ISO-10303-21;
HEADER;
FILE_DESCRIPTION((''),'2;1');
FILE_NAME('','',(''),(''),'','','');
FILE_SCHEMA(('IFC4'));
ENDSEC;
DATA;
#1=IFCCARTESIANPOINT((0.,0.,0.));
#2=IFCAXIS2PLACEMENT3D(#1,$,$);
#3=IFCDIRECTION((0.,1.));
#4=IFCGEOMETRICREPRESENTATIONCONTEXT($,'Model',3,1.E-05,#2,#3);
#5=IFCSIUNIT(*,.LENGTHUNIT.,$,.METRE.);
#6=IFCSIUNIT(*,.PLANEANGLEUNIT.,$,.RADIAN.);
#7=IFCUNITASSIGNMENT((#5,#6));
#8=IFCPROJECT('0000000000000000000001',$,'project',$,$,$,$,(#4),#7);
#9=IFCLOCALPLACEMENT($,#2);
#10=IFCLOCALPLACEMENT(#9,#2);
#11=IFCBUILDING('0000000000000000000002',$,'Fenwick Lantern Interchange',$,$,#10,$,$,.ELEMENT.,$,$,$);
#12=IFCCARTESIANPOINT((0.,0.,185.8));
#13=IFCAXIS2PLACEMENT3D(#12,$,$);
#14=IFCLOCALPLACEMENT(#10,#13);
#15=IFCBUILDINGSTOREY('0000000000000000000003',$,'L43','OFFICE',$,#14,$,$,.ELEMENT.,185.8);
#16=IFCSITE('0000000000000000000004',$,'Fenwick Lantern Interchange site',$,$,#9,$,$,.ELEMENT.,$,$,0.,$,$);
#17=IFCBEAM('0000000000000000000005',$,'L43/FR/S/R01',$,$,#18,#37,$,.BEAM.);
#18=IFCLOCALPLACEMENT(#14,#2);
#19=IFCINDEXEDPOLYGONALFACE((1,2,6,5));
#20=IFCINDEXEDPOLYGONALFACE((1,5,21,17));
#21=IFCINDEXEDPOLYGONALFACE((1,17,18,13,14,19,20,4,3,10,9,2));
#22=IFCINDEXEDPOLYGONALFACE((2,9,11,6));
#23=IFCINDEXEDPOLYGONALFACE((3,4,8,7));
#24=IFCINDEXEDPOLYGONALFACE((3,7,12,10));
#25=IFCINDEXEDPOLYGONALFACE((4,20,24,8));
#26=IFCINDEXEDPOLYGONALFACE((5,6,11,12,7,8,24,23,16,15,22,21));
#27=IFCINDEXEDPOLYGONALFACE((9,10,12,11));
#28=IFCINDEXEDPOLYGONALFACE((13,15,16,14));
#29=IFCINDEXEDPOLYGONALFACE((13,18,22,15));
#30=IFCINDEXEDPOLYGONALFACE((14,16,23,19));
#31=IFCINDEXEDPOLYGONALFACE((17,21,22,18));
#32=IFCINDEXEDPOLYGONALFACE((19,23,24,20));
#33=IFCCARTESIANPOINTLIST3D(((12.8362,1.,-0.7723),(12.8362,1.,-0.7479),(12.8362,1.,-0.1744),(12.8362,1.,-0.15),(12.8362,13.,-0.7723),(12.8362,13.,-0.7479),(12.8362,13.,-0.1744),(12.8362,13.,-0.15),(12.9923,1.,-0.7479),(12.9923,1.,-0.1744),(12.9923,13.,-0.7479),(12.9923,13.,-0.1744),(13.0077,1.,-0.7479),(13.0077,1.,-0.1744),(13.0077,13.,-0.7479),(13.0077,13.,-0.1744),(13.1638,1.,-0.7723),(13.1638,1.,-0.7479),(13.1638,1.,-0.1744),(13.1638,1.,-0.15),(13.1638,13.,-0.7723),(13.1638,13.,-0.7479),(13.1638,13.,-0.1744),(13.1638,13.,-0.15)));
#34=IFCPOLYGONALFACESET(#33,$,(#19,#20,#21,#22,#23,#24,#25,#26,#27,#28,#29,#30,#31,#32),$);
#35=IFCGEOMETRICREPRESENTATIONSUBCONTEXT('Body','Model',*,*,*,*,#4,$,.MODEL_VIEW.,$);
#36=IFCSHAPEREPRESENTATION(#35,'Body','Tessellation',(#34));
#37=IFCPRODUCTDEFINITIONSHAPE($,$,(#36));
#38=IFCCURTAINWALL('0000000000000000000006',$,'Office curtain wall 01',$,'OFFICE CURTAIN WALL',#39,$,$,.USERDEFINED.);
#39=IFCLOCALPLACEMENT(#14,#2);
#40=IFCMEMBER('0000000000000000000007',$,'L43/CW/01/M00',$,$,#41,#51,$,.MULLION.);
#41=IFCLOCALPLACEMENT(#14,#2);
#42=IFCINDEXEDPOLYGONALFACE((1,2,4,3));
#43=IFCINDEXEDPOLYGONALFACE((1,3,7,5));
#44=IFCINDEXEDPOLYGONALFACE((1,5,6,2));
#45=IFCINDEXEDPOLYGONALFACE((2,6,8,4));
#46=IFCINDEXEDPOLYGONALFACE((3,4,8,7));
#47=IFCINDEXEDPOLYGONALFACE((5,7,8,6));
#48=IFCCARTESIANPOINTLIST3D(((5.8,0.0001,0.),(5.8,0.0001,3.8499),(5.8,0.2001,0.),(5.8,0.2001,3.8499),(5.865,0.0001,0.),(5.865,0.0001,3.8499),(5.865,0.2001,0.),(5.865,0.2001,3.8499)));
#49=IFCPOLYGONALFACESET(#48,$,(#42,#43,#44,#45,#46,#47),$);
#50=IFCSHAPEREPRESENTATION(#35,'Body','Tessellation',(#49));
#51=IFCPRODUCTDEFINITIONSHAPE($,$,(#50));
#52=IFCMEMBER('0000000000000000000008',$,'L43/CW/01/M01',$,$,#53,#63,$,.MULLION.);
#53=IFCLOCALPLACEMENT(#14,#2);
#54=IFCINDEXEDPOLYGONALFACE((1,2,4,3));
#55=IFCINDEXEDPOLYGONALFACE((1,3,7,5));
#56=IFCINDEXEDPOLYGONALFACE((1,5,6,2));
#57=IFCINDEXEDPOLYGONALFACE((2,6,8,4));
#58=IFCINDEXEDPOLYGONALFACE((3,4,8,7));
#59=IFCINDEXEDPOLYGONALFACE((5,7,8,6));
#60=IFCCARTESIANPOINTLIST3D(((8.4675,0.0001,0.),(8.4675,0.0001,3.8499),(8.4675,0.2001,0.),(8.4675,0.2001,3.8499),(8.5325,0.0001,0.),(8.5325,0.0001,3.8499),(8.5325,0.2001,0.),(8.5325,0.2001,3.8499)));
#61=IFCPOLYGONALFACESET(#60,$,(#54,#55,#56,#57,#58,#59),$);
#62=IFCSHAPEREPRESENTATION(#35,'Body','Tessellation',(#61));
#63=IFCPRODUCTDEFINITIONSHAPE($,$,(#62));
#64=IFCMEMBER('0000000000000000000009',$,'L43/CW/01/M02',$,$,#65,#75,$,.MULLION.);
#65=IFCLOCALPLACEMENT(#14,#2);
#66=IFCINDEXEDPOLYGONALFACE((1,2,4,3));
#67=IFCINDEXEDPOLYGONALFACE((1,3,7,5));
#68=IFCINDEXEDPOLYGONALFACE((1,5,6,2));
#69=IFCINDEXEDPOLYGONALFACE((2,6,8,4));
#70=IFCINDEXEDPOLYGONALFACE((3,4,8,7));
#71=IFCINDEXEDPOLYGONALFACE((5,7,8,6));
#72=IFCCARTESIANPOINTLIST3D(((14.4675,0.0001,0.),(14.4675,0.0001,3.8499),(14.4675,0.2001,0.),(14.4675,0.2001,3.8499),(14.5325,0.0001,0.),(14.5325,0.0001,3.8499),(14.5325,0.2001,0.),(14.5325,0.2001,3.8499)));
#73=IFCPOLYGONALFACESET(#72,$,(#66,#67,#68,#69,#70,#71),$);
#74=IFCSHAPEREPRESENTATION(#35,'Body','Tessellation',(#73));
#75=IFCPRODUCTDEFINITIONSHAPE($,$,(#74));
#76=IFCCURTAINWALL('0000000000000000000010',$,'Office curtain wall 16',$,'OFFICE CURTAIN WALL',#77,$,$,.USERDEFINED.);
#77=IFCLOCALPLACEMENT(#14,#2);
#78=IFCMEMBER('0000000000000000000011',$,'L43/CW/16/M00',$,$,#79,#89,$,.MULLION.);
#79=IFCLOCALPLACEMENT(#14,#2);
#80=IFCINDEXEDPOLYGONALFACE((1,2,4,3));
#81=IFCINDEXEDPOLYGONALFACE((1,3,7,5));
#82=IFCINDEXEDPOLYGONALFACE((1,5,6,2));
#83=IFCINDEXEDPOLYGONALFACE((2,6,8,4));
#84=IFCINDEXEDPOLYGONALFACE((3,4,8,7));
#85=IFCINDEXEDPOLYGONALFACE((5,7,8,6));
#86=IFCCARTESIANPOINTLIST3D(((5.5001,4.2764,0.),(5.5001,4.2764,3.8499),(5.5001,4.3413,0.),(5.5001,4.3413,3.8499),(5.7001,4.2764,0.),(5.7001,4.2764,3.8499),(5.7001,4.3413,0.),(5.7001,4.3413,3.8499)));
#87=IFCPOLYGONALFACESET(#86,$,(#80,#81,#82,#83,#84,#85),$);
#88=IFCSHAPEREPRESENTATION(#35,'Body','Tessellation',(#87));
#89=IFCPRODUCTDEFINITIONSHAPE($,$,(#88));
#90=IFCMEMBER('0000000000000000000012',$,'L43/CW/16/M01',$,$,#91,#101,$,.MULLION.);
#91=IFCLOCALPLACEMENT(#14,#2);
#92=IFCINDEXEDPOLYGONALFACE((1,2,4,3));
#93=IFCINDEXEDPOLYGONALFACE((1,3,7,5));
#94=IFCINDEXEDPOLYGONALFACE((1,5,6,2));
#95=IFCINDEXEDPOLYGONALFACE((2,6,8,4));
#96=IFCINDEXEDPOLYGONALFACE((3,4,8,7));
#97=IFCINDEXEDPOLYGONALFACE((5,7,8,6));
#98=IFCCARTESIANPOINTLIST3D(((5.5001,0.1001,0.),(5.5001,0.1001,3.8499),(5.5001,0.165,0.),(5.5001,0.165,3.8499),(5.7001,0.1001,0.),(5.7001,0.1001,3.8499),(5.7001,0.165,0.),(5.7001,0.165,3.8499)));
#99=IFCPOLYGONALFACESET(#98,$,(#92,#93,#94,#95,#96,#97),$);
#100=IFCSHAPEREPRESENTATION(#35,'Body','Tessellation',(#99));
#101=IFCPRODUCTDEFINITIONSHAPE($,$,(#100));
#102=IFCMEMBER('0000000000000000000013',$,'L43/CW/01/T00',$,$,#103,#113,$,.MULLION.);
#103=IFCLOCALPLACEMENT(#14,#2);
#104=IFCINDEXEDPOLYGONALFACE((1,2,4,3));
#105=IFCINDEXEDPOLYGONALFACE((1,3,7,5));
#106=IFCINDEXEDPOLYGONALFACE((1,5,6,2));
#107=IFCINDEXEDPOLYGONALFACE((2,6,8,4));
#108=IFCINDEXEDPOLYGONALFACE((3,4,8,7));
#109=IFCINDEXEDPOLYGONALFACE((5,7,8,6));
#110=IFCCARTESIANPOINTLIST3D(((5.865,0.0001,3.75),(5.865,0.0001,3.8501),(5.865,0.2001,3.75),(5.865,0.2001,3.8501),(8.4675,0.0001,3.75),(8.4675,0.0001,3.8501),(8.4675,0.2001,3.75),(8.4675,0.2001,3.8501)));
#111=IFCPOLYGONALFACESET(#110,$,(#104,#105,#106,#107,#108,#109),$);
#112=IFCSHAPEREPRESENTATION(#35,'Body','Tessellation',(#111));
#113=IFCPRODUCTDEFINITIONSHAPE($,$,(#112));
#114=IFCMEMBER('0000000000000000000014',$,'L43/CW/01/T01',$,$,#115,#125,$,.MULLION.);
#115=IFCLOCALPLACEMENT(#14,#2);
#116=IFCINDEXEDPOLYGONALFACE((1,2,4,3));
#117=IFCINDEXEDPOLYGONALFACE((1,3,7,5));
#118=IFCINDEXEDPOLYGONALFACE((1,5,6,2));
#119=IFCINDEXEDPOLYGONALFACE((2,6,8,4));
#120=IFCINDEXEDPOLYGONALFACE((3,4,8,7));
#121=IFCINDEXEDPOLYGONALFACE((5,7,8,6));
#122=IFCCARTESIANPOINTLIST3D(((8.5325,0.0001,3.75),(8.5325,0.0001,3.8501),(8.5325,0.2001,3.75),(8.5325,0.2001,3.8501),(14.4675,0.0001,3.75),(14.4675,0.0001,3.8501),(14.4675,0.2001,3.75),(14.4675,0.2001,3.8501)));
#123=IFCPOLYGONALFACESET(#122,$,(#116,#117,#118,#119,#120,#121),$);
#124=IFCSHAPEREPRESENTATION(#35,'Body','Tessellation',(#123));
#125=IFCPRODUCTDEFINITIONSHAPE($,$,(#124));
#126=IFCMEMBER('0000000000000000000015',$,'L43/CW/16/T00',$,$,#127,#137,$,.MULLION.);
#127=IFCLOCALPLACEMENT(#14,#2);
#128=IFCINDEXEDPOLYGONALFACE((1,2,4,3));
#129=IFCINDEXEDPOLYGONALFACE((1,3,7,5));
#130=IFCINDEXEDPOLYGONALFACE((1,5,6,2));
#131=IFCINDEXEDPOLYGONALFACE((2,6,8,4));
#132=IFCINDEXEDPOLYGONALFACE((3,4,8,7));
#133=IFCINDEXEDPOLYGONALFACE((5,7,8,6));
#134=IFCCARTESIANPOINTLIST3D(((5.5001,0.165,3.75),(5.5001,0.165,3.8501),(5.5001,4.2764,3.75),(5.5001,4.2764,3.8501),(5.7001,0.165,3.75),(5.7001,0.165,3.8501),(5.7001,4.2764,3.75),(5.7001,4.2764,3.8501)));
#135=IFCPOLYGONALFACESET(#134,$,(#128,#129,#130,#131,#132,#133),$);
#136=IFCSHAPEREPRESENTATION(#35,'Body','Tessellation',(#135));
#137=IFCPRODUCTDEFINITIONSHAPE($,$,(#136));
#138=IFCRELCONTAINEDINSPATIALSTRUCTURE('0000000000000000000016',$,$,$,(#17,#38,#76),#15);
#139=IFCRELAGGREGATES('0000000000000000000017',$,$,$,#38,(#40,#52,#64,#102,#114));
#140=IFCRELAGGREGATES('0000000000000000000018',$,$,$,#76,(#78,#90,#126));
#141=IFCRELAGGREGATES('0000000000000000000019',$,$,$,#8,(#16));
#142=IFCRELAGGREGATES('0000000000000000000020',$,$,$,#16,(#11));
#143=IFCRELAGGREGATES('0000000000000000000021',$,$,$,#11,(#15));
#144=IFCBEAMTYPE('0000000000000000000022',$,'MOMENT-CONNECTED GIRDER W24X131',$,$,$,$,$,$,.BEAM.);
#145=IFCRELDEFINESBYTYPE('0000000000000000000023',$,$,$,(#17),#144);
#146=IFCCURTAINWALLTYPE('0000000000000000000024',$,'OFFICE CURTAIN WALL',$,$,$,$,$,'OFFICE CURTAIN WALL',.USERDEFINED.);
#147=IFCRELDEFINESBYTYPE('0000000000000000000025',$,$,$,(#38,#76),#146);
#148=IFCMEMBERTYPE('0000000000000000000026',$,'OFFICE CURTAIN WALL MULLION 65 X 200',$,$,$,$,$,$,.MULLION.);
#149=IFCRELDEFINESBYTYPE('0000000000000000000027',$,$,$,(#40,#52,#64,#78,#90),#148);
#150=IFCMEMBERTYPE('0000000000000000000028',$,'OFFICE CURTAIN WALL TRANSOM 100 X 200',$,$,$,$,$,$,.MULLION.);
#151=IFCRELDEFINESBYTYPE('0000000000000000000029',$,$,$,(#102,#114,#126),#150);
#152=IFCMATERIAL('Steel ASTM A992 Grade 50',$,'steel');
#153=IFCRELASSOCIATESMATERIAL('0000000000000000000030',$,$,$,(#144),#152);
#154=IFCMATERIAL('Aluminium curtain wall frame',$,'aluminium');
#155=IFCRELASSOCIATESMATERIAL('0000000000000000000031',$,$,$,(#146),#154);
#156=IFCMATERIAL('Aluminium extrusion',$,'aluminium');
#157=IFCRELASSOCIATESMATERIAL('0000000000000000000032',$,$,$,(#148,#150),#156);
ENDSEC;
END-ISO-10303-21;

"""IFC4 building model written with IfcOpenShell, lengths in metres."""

from ifc_helpers import new_model, si_unit, direction, frame, origin, origin_2d, place, context, subcontext, project, spatial, rectangle, i_section, extrude, material, material_profile, profile_set, type_object, element, aggregate, save


model = new_model("IFC4")

# Units and contexts
model_context = context("Model", 3, precision=1e-05, world=origin(), true_north=direction((0.0, 1.0)))
body_context = subcontext(model_context, "Body", "Model", "MODEL_VIEW")
ifc_project = project(units=[si_unit("LENGTHUNIT", "METRE"), si_unit("PLANEANGLEUNIT", "RADIAN")], contexts=[model_context])

# Site, building, storey
site_placement = place(None, origin())
site = spatial("IfcSite", under=ifc_project, at=site_placement, Name="Fenwick Lantern Interchange site", CompositionType="ELEMENT", RefElevation=0.0)
building_placement = place(site_placement, origin())
building = spatial("IfcBuilding", under=site, at=building_placement, Name="Fenwick Lantern Interchange", CompositionType="ELEMENT")
storey_placement = place(building_placement, frame((0.0, 0.0, 185.8)))
storey = spatial("IfcBuildingStorey", under=building, at=storey_placement, Name="L43", Description="OFFICE", CompositionType="ELEMENT", Elevation=185.8)

# Shared definitions
ifc_material_1 = material(Name="Steel ASTM A992 Grade 50", Category="steel")

# Beam
ifc_material_profile_1 = material_profile(ifc_material_1, i_section(OverallWidth=0.3276, OverallDepth=0.6223, WebThickness=0.0154, FlangeThickness=0.0244, at=origin_2d()), Name="W24X131")
ifc_profile_set_1 = profile_set([ifc_material_profile_1], Name="Steel ASTM A992 Grade 50")
beam_type_1 = type_object("IfcBeamType", Name="MOMENT-CONNECTED GIRDER W24X131", PredefinedType="BEAM", material=ifc_profile_set_1)
beam_1_placement = place(storey_placement, frame((13.0, 1.0, -0.4612), z_axis=(0.0, 1.0, 0.0), x_axis=(-1.0, 0.0, 0.0)))
element("IfcBeam", 1, at=beam_1_placement, inside=storey, type_object=beam_type_1, Name="L43/FR/S/R01", PredefinedType="BEAM", context=body_context, shape_type="SweptSolid", body=[
    extrude(i_section(OverallWidth=0.3276, OverallDepth=0.6223, WebThickness=0.0154, FlangeThickness=0.0244, at=origin_2d()), origin(), (0.0, 0.0, 1.0), 12.0),
])

# Curtain walls, members
ifc_material_2 = material(Name="Aluminium curtain wall frame", Category="aluminium")
curtain_wall_type = type_object("IfcCurtainWallType", Name="OFFICE CURTAIN WALL", ElementType="OFFICE CURTAIN WALL", PredefinedType="USERDEFINED", material=ifc_material_2)
curtain_wall_1_placement = place(storey_placement, origin())
curtain_wall_1 = element("IfcCurtainWall", 2, at=curtain_wall_1_placement, inside=storey, type_object=curtain_wall_type, Name="Office curtain wall 01", ObjectType="OFFICE CURTAIN WALL", PredefinedType="USERDEFINED")
ifc_material_3 = material(Name="Aluminium extrusion", Category="aluminium")
ifc_material_profile_2 = material_profile(ifc_material_3, rectangle(XDim=0.2, YDim=0.0649, at=origin_2d()), Name="OFFICE CURTAIN WALL MULLION 65 X 200")
ifc_profile_set_2 = profile_set([ifc_material_profile_2], Name="Aluminium extrusion")
member_type_1 = type_object("IfcMemberType", Name="OFFICE CURTAIN WALL MULLION 65 X 200", PredefinedType="MULLION", material=ifc_profile_set_2)
member_1_placement = place(storey_placement, frame((5.8325, 0.1001, 0.0), z_axis=(0.0, 0.0, 1.0), x_axis=(0.0, 1.0, 0.0)))
member_1 = element("IfcMember", 3, at=member_1_placement, type_object=member_type_1, Name="L43/CW/01/M00", PredefinedType="MULLION", context=body_context, shape_type="SweptSolid", body=[
    extrude(rectangle(XDim=0.2, YDim=0.0649, at=origin_2d()), origin(), (0.0, 0.0, 1.0), 3.8499),
])
member_2_placement = place(storey_placement, frame((8.5, 0.1001, 0.0), z_axis=(0.0, 0.0, 1.0), x_axis=(0.0, 1.0, 0.0)))
member_2 = element("IfcMember", 4, at=member_2_placement, type_object=member_type_1, Name="L43/CW/01/M01", PredefinedType="MULLION", context=body_context, shape_type="SweptSolid", body=[
    extrude(rectangle(XDim=0.2, YDim=0.0649, at=origin_2d()), origin(), (0.0, 0.0, 1.0), 3.8499),
])
member_3_placement = place(storey_placement, frame((14.5, 0.1001, 0.0), z_axis=(0.0, 0.0, 1.0), x_axis=(0.0, 1.0, 0.0)))
member_3 = element("IfcMember", 5, at=member_3_placement, type_object=member_type_1, Name="L43/CW/01/M02", PredefinedType="MULLION", context=body_context, shape_type="SweptSolid", body=[
    extrude(rectangle(XDim=0.2, YDim=0.0649, at=origin_2d()), origin(), (0.0, 0.0, 1.0), 3.8499),
])
curtain_wall_2_placement = place(storey_placement, origin())
curtain_wall_2 = element("IfcCurtainWall", 6, at=curtain_wall_2_placement, inside=storey, type_object=curtain_wall_type, Name="Office curtain wall 16", ObjectType="OFFICE CURTAIN WALL", PredefinedType="USERDEFINED")
member_4_placement = place(storey_placement, frame((5.6001, 4.3088, 0.0), z_axis=(0.0, 0.0, 1.0), x_axis=(1.0, 0.0, 0.0)))
member_4 = element("IfcMember", 7, at=member_4_placement, type_object=member_type_1, Name="L43/CW/16/M00", PredefinedType="MULLION", context=body_context, shape_type="SweptSolid", body=[
    extrude(rectangle(XDim=0.2, YDim=0.0649, at=origin_2d()), origin(), (0.0, 0.0, 1.0), 3.8499),
])
member_5_placement = place(storey_placement, frame((5.6001, 0.1326, 0.0), z_axis=(0.0, 0.0, 1.0), x_axis=(1.0, 0.0, 0.0)))
member_5 = element("IfcMember", 8, at=member_5_placement, type_object=member_type_1, Name="L43/CW/16/M01", PredefinedType="MULLION", context=body_context, shape_type="SweptSolid", body=[
    extrude(rectangle(XDim=0.2, YDim=0.0649, at=origin_2d()), origin(), (0.0, 0.0, 1.0), 3.8499),
])

# Members
ifc_material_profile_3 = material_profile(ifc_material_3, rectangle(XDim=0.2, YDim=0.1001, at=origin_2d()), Name="OFFICE CURTAIN WALL TRANSOM 100 X 200")
ifc_profile_set_3 = profile_set([ifc_material_profile_3], Name="Aluminium extrusion")
member_type_2 = type_object("IfcMemberType", Name="OFFICE CURTAIN WALL TRANSOM 100 X 200", PredefinedType="MULLION", material=ifc_profile_set_3)
member_6_placement = place(storey_placement, frame((5.865, 0.1001, 3.8), z_axis=(1.0, 0.0, 0.0), x_axis=(0.0, 1.0, 0.0)))
member_6 = element("IfcMember", 9, at=member_6_placement, type_object=member_type_2, Name="L43/CW/01/T00", PredefinedType="MULLION", context=body_context, shape_type="SweptSolid", body=[
    extrude(rectangle(XDim=0.2, YDim=0.1001, at=origin_2d()), origin(), (0.0, 0.0, 1.0), 2.6025),
])
member_7_placement = place(storey_placement, frame((8.5325, 0.1001, 3.8), z_axis=(1.0, 0.0, 0.0), x_axis=(0.0, 1.0, 0.0)))
member_7 = element("IfcMember", 10, at=member_7_placement, type_object=member_type_2, Name="L43/CW/01/T01", PredefinedType="MULLION", context=body_context, shape_type="SweptSolid", body=[
    extrude(rectangle(XDim=0.2, YDim=0.1001, at=origin_2d()), origin(), (0.0, 0.0, 1.0), 5.9351),
])
member_8_placement = place(storey_placement, frame((5.6001, 4.2764, 3.8), z_axis=(0.0, -1.0, 0.0), x_axis=(1.0, 0.0, 0.0)))
member_8 = element("IfcMember", 11, at=member_8_placement, type_object=member_type_2, Name="L43/CW/16/T00", PredefinedType="MULLION", context=body_context, shape_type="SweptSolid", body=[
    extrude(rectangle(XDim=0.2, YDim=0.1001, at=origin_2d()), origin(), (0.0, 0.0, 1.0), 4.1113),
])

aggregate(curtain_wall_1, [member_1, member_2, member_3, member_6, member_7])
aggregate(curtain_wall_2, [member_4, member_5, member_8])

save(model, "model.ifc")
